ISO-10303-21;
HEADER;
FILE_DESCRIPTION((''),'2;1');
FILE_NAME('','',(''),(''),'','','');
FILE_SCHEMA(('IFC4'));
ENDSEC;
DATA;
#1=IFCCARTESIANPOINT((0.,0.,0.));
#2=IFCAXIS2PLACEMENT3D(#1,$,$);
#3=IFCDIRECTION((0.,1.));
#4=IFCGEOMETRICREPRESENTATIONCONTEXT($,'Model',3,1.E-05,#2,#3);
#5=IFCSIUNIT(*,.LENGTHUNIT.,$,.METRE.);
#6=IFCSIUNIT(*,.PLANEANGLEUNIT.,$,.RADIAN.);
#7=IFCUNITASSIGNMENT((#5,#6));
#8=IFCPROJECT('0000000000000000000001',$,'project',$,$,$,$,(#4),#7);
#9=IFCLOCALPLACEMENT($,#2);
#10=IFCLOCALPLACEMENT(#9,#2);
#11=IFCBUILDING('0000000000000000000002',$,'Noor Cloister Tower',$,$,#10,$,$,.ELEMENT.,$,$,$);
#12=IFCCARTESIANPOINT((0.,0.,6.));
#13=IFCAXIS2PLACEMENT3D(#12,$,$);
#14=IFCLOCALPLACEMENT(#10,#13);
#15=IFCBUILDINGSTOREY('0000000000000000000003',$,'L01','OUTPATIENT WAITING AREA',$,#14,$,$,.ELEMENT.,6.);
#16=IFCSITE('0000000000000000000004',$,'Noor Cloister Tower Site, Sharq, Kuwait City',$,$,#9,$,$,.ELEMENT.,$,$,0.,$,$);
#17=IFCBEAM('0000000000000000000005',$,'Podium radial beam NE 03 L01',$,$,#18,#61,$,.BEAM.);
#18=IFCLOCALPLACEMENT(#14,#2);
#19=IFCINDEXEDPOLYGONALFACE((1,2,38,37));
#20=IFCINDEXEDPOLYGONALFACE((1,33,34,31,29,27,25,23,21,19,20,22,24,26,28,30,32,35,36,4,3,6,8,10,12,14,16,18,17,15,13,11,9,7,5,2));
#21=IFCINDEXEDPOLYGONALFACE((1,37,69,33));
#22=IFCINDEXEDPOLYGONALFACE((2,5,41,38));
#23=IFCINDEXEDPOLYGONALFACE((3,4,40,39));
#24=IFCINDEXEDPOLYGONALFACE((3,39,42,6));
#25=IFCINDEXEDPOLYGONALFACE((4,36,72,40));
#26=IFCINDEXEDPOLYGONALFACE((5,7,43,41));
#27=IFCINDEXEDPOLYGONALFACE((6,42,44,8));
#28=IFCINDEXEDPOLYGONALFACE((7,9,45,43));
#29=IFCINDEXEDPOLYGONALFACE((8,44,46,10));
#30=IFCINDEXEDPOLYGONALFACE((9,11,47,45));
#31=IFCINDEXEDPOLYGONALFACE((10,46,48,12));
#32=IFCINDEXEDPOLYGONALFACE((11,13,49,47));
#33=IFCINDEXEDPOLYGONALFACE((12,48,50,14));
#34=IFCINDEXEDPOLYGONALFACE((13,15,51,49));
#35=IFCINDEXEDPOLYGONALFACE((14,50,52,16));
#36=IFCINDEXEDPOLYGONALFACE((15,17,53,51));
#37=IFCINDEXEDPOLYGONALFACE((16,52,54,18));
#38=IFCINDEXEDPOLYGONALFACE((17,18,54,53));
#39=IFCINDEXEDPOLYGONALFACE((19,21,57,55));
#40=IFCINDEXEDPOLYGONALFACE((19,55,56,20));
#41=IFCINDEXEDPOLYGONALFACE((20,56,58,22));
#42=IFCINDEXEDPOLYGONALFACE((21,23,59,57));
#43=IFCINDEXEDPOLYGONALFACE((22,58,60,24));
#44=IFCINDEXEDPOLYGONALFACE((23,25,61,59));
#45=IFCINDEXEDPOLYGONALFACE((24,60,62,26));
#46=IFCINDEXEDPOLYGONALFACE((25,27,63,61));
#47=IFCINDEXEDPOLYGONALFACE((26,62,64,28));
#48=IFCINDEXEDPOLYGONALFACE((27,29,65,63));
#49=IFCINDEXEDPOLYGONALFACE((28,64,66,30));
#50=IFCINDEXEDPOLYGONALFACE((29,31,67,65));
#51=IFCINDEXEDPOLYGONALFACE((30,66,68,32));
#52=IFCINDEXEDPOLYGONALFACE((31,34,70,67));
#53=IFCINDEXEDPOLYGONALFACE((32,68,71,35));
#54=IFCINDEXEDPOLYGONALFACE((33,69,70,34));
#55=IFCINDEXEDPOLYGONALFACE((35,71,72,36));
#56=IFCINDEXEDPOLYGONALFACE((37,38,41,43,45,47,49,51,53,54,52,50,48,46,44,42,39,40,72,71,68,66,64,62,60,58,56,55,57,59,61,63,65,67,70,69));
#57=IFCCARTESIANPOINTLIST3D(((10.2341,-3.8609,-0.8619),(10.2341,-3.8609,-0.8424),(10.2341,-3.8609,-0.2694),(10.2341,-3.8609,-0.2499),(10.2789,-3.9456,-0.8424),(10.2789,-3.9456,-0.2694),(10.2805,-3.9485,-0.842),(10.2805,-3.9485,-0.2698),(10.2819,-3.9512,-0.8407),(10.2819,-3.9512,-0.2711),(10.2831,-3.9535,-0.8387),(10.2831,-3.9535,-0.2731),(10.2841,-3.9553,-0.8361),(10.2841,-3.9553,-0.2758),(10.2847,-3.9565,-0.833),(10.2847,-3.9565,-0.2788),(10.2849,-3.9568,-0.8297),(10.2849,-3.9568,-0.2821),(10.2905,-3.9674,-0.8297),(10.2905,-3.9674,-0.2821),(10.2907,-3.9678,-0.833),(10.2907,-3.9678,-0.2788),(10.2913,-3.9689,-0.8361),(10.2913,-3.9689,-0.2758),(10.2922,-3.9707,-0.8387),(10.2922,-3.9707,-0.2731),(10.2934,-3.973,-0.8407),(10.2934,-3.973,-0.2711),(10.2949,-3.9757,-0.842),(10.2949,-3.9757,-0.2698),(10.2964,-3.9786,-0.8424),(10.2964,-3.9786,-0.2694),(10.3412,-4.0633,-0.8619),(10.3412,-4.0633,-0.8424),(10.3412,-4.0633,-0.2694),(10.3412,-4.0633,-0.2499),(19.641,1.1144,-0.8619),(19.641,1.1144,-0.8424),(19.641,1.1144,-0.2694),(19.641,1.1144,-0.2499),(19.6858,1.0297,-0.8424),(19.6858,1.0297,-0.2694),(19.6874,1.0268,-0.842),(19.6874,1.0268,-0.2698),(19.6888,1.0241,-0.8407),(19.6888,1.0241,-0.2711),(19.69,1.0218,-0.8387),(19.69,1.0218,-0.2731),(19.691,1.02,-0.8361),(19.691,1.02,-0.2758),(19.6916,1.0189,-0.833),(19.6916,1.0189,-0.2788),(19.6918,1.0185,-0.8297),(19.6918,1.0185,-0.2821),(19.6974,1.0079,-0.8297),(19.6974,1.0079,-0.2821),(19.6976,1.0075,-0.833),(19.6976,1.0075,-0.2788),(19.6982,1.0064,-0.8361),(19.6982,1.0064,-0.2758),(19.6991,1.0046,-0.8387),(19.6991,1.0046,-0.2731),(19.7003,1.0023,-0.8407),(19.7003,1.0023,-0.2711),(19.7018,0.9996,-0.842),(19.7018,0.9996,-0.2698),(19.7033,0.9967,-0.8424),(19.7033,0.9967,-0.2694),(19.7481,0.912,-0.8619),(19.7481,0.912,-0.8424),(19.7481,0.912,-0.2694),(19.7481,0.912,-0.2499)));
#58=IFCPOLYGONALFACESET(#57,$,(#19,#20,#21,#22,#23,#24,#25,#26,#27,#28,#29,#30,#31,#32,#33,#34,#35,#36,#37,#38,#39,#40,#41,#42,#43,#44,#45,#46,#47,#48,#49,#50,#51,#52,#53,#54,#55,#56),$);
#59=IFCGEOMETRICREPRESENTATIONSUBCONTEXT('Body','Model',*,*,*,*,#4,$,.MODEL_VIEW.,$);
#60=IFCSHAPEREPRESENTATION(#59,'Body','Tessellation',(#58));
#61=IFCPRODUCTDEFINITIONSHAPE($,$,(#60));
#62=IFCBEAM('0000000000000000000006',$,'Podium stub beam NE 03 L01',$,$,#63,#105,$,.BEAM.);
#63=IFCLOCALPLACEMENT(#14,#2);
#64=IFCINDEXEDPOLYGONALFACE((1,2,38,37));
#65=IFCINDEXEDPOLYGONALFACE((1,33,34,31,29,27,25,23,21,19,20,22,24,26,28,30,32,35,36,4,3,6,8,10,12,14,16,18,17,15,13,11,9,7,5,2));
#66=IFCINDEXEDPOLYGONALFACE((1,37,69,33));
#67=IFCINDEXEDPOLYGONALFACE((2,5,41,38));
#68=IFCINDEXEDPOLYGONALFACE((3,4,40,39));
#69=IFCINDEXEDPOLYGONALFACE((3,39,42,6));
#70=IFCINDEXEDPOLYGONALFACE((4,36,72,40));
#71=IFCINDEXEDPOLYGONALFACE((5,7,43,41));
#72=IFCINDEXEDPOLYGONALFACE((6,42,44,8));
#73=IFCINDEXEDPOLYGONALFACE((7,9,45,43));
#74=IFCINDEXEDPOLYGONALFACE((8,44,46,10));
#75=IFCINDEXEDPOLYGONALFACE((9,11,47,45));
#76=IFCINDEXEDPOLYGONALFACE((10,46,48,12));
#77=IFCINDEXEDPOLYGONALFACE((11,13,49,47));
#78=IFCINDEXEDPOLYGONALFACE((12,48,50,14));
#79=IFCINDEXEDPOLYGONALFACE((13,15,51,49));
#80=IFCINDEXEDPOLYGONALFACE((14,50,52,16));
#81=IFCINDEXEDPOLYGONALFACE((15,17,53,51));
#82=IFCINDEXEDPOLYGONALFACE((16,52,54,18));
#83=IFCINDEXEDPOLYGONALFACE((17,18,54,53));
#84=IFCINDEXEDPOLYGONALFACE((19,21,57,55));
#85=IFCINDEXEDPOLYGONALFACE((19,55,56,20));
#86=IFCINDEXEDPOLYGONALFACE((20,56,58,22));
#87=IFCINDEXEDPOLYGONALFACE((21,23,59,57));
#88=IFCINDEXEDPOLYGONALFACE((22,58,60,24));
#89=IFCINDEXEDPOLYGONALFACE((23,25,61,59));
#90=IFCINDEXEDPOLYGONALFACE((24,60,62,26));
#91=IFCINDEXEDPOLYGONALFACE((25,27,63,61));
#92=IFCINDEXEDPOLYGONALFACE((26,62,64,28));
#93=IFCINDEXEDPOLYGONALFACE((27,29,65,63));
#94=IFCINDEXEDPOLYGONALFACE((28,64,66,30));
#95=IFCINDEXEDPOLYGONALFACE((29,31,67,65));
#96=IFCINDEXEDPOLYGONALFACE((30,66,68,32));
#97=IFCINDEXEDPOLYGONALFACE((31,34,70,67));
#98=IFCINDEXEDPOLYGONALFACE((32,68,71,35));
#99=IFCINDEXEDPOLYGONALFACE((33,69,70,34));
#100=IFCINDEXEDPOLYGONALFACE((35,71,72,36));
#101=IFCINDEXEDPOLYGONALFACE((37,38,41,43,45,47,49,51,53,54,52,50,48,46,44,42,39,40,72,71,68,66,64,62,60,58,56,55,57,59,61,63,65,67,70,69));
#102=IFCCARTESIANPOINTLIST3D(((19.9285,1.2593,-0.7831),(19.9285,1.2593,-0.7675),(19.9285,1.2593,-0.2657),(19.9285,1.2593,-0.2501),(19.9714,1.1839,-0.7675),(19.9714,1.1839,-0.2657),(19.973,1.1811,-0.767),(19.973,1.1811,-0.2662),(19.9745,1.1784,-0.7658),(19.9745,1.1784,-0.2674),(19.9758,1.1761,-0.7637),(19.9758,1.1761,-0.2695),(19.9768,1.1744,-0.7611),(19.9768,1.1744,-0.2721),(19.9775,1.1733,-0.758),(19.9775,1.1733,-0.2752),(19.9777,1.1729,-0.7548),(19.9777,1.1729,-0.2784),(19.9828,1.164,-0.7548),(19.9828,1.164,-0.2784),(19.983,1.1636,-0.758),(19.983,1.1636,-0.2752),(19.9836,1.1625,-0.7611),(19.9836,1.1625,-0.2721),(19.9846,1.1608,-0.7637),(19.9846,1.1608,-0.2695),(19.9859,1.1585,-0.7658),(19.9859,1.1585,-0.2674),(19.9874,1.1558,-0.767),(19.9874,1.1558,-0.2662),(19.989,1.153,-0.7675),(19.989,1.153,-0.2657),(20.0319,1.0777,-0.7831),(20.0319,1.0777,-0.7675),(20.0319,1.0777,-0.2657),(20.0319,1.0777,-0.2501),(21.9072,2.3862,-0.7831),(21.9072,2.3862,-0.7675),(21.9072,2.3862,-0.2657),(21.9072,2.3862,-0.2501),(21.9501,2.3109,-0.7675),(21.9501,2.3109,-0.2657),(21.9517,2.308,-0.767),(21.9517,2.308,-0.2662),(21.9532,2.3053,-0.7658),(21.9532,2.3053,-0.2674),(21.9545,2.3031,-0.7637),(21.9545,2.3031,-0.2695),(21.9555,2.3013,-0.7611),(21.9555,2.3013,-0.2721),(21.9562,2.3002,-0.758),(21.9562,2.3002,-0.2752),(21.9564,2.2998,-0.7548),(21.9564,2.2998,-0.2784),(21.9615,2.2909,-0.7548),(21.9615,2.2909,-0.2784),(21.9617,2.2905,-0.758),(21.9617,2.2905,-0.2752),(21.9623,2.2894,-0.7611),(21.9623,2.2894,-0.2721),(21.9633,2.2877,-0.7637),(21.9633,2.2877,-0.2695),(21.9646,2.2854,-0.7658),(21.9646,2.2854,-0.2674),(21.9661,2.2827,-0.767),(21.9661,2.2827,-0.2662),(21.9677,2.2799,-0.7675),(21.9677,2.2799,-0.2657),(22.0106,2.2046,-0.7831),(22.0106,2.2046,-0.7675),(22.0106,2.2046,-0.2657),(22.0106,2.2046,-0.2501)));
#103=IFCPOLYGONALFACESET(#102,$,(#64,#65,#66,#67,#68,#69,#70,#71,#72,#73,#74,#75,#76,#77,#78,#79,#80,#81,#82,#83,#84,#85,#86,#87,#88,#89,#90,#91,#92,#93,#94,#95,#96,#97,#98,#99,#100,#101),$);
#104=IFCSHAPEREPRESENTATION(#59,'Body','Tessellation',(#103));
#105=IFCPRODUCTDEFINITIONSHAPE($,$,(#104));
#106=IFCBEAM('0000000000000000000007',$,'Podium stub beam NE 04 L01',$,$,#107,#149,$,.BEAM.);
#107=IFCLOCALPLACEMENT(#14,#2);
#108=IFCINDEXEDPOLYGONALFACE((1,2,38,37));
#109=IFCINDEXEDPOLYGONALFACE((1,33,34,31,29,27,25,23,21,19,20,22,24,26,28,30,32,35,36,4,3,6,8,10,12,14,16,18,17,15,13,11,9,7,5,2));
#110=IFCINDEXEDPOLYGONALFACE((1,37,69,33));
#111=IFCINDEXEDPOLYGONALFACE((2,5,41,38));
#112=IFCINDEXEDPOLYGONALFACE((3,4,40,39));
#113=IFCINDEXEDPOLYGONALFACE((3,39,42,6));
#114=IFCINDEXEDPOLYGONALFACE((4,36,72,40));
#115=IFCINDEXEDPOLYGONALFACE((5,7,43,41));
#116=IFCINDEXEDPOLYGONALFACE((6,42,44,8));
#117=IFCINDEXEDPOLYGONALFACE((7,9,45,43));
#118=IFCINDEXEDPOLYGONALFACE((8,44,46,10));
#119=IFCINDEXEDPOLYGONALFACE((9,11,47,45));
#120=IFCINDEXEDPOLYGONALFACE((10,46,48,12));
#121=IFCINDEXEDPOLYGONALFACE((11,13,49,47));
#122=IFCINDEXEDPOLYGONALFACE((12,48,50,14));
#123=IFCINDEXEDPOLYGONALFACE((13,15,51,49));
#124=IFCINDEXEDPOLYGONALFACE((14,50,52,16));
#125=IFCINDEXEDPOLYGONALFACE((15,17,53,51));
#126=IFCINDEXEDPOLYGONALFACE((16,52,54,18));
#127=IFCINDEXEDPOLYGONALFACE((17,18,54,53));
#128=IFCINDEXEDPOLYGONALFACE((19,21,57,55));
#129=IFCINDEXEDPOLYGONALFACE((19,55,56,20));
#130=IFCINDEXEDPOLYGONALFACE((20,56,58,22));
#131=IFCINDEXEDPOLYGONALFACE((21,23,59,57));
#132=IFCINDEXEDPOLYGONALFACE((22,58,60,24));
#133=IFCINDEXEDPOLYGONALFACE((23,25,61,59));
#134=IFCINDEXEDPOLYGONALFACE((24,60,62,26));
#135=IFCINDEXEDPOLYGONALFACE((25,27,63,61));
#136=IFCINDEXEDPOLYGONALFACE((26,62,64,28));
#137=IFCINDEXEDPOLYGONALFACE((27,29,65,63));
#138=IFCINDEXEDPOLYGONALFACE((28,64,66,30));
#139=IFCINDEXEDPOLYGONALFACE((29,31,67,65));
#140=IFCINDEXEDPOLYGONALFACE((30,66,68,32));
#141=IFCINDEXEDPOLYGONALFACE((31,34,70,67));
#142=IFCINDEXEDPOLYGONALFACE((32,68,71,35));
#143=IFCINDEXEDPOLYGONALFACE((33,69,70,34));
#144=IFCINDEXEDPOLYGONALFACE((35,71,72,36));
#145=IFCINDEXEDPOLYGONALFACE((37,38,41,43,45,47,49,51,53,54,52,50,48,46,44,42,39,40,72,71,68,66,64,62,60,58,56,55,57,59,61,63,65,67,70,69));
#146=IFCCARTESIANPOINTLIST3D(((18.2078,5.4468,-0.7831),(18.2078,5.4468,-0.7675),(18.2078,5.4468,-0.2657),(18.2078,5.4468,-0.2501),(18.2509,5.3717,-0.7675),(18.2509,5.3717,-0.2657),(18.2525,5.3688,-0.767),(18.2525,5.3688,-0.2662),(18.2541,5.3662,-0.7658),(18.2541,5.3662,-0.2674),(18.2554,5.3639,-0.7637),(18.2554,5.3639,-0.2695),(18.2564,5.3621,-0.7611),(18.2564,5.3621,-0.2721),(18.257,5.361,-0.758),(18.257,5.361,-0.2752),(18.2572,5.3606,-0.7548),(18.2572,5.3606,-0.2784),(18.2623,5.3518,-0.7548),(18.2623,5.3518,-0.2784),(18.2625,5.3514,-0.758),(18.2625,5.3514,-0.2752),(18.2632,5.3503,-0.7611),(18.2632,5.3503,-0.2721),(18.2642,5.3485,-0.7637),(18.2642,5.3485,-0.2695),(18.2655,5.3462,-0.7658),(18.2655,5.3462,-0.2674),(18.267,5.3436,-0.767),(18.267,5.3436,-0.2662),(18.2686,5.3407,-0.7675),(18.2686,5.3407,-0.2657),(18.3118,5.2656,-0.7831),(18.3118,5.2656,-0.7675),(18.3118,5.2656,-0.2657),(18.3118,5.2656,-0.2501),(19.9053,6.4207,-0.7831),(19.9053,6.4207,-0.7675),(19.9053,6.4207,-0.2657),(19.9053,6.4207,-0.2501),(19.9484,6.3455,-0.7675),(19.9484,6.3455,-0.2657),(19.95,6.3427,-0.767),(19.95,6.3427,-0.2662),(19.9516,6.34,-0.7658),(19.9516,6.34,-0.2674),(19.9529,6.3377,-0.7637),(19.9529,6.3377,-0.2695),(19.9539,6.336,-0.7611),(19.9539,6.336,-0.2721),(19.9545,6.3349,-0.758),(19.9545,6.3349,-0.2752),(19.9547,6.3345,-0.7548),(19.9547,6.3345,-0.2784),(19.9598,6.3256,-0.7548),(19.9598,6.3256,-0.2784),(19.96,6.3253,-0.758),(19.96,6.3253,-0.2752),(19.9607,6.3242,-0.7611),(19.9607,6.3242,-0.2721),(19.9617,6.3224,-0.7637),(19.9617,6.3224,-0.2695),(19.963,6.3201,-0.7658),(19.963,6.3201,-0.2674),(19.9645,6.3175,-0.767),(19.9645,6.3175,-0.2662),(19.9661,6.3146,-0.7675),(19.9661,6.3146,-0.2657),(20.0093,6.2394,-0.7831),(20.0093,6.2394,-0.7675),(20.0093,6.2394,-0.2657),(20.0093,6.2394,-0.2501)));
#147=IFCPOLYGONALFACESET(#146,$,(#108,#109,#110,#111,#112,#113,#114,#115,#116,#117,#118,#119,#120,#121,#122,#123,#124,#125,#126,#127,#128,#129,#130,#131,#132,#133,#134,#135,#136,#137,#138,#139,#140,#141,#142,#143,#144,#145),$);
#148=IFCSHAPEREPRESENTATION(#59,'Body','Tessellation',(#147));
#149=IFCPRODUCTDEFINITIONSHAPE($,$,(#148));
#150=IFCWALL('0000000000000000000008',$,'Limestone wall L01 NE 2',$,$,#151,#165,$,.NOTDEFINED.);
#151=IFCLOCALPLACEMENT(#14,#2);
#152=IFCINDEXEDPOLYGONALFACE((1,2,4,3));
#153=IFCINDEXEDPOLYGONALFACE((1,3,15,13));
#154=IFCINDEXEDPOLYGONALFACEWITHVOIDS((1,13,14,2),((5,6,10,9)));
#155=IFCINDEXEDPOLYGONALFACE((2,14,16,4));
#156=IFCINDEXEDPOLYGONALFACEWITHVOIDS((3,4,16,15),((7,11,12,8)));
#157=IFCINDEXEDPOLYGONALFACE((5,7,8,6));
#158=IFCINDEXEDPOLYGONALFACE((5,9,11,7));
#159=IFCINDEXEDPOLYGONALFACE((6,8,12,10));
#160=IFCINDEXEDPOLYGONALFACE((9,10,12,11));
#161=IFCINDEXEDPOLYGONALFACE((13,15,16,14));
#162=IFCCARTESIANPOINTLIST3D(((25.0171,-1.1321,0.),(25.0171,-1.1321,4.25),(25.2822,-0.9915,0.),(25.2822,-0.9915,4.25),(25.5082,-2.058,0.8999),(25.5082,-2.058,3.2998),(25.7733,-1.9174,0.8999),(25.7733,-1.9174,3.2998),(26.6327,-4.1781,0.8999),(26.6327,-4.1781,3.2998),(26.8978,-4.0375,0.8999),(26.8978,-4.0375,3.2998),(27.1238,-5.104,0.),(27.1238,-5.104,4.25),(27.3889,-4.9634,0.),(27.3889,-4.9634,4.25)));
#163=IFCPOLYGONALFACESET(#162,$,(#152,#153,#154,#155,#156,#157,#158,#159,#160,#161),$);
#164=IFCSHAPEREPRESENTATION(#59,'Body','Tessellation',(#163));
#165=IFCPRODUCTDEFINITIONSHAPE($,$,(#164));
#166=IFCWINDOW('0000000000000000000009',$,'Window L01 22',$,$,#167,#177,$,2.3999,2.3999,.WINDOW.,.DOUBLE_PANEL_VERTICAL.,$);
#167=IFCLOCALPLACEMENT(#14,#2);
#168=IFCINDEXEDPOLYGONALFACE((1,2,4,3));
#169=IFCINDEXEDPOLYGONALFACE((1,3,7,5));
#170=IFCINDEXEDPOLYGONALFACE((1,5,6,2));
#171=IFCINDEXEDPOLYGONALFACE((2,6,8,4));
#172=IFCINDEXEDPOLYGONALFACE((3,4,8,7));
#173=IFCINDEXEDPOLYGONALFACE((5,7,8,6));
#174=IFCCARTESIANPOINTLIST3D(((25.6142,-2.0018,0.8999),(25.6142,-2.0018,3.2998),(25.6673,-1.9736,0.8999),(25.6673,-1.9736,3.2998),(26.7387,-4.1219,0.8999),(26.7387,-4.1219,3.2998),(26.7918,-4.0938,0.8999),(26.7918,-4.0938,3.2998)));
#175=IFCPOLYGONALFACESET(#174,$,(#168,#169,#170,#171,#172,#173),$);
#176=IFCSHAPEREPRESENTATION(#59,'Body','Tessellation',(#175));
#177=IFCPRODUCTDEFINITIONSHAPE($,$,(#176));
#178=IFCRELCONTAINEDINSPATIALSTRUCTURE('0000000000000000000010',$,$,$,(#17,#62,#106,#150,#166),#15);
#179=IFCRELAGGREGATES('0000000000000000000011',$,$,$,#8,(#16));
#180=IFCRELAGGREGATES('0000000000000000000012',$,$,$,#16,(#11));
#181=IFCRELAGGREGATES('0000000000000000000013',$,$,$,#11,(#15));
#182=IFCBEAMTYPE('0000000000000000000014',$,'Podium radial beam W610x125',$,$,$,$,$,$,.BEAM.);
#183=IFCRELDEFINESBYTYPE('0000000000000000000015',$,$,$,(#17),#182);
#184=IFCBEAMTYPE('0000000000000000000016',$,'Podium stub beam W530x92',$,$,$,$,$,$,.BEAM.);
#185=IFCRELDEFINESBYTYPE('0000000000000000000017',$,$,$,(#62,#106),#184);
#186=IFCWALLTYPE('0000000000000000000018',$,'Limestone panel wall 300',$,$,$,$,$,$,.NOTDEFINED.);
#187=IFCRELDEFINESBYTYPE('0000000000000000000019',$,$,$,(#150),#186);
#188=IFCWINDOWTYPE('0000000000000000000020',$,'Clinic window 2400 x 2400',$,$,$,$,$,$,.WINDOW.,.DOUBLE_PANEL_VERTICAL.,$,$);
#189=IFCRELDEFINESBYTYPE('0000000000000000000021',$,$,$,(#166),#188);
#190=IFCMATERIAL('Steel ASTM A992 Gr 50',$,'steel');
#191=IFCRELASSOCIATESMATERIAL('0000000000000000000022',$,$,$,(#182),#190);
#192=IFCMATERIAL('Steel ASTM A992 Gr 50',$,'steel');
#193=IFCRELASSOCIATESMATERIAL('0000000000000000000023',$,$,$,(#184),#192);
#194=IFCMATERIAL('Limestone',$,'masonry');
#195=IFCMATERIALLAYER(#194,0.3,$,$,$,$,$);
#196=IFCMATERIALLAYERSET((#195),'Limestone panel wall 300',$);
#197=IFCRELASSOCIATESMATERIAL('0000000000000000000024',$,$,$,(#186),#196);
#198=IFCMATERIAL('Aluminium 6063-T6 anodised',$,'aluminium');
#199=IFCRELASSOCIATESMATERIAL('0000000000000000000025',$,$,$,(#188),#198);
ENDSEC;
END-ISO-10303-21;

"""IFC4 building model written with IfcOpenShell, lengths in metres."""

from ifc_helpers import new_model, si_unit, direction, frame, frame_2d, origin, origin_2d, place, context, subcontext, project, spatial, rectangle, i_section, extrude, material, layer, layer_set, material_profile, profile_set, type_object, element, fill, save


model = new_model("IFC4")

# Units and contexts
model_context = context("Model", 3, precision=1e-05, world=origin(), true_north=direction((0.0, 1.0)))
body_context = subcontext(model_context, "Body", "Model", "MODEL_VIEW")
ifc_project = project(units=[si_unit("LENGTHUNIT", "METRE"), si_unit("PLANEANGLEUNIT", "RADIAN")], contexts=[model_context])

# Site, building, storey
site_placement = place(None, origin())
site = spatial("IfcSite", under=ifc_project, at=site_placement, Name="Noor Cloister Tower Site, Sharq, Kuwait City", CompositionType="ELEMENT", RefElevation=0.0)
building_placement = place(site_placement, origin())
building = spatial("IfcBuilding", under=site, at=building_placement, Name="Noor Cloister Tower", CompositionType="ELEMENT")
storey_placement = place(building_placement, frame((0.0, 0.0, 6.0)))
storey = spatial("IfcBuildingStorey", under=building, at=storey_placement, Name="L01", Description="OUTPATIENT WAITING AREA", CompositionType="ELEMENT", Elevation=6.0)

# Beams
ifc_material_1 = material(Name="Steel ASTM A992 Gr 50", Category="steel")
ifc_material_profile_1 = material_profile(ifc_material_1, i_section(OverallWidth=0.229, OverallDepth=0.6121, WebThickness=0.012, FlangeThickness=0.0195, FilletRadius=0.0127, at=origin_2d()), Name="W610x125")
ifc_profile_set_1 = profile_set([ifc_material_profile_1], Name="Steel ASTM A992 Gr 50")
beam_type_1 = type_object("IfcBeamType", Name="Podium radial beam W610x125", PredefinedType="BEAM", material=ifc_profile_set_1)
beam_1_placement = place(storey_placement, frame((19.6946, 1.0132, -0.5559), z_axis=(-0.883975, -0.467534, 0.0), x_axis=(0.467534, -0.883975, 0.0)))
element("IfcBeam", 1, at=beam_1_placement, inside=storey, type_object=beam_type_1, Name="Podium radial beam NE 03 L01", PredefinedType="BEAM", context=body_context, shape_type="SweptSolid", body=[
    extrude(i_section(OverallWidth=0.229, OverallDepth=0.6121, WebThickness=0.012, FlangeThickness=0.0195, FilletRadius=0.0127, at=origin_2d()), origin(), (0.0, 0.0, 1.0), 10.6416),
])
ifc_material_2 = material(Name="Steel ASTM A992 Gr 50", Category="steel")
ifc_material_profile_2 = material_profile(ifc_material_2, i_section(OverallWidth=0.209, OverallDepth=0.533, WebThickness=0.0103, FlangeThickness=0.0156, FilletRadius=0.0127, at=origin_2d()), Name="W530x92")
ifc_profile_set_2 = profile_set([ifc_material_profile_2], Name="Steel ASTM A992 Gr 50")
beam_type_2 = type_object("IfcBeamType", Name="Podium stub beam W530x92", PredefinedType="BEAM", material=ifc_profile_set_2)
beam_2_placement = place(storey_placement, frame((19.9802, 1.1685, -0.5166), z_axis=(0.868955, 0.494891, 0.0), x_axis=(-0.494891, 0.868955, 0.0)))
element("IfcBeam", 2, at=beam_2_placement, inside=storey, type_object=beam_type_2, Name="Podium stub beam NE 03 L01", PredefinedType="BEAM", context=body_context, shape_type="SweptSolid", body=[
    extrude(i_section(OverallWidth=0.209, OverallDepth=0.533, WebThickness=0.0103, FlangeThickness=0.0156, FilletRadius=0.0127, at=origin_2d()), origin(), (0.0, 0.0, 1.0), 2.2771),
])
beam_3_placement = place(storey_placement, frame((18.2598, 5.3562, -0.5166), z_axis=(0.86739, 0.497629, 0.0), x_axis=(-0.497629, 0.86739, 0.0)))
element("IfcBeam", 3, at=beam_3_placement, inside=storey, type_object=beam_type_2, Name="Podium stub beam NE 04 L01", PredefinedType="BEAM", context=body_context, shape_type="SweptSolid", body=[
    extrude(i_section(OverallWidth=0.209, OverallDepth=0.533, WebThickness=0.0103, FlangeThickness=0.0156, FilletRadius=0.0127, at=origin_2d()), origin(), (0.0, 0.0, 1.0), 1.957),
])

# Wall, opening, window
ifc_material_3 = material(Name="Limestone", Category="masonry")
ifc_layer_1 = layer(ifc_material_3, 0.3)
ifc_layer_set_1 = layer_set([ifc_layer_1], Name="Limestone panel wall 300")
wall_type_1 = type_object("IfcWallType", Name="Limestone panel wall 300", PredefinedType="NOTDEFINED", material=ifc_layer_set_1)
wall_1_placement = place(storey_placement, frame((25.1497, -1.0618, 0.0), z_axis=(0.0, 0.0, 1.0), x_axis=(0.468566, -0.883428, 0.0)))
wall_1 = element("IfcWall", 4, at=wall_1_placement, inside=storey, type_object=wall_type_1, Name="Limestone wall L01 NE 2", PredefinedType="NOTDEFINED", context=body_context, shape_type="SweptSolid", body=[
    extrude(rectangle(XDim=4.4961, YDim=0.3, at=frame_2d((2.248, 0.0))), origin(), (0.0, 0.0, 1.0), 4.25),
])
opening_1_placement = place(wall_1_placement, frame((1.0481, 0.0, 0.8999)))
opening_1 = element("IfcOpeningElement", 5, at=opening_1_placement, cuts=wall_1, PredefinedType="OPENING", context=body_context, shape_type="SweptSolid", body=[
    extrude(rectangle(XDim=2.3999, YDim=2.3999, at=frame_2d((1.2, 1.2))), frame((0.0, 0.1602, 0.0), z_axis=(0.0, -1.0, 0.0), x_axis=(1.0, 0.0, 0.0)), (0.0, 0.0, 1.0), 0.3201),
])
ifc_material_4 = material(Name="Aluminium 6063-T6 anodised", Category="aluminium")
window_type_1 = type_object("IfcWindowType", Name="Clinic window 2400 x 2400", PartitioningType="DOUBLE_PANEL_VERTICAL", PredefinedType="WINDOW", material=ifc_material_4)
window_1_placement = place(opening_1_placement, origin())
window_1 = element("IfcWindow", 6, at=window_1_placement, inside=storey, type_object=window_type_1, Name="Window L01 22", OverallHeight=2.3999, OverallWidth=2.3999, PartitioningType="DOUBLE_PANEL_VERTICAL", PredefinedType="WINDOW", context=body_context, shape_type="SweptSolid", body=[
    extrude(rectangle(XDim=2.3999, YDim=2.3999, at=frame_2d((1.2, 1.2))), frame((0.0, 0.03, 0.0), z_axis=(0.0, -1.0, 0.0), x_axis=(1.0, 0.0, 0.0)), (0.0, 0.0, 1.0), 0.0601),
])
fill(opening_1, window_1)

save(model, "model.ifc")
